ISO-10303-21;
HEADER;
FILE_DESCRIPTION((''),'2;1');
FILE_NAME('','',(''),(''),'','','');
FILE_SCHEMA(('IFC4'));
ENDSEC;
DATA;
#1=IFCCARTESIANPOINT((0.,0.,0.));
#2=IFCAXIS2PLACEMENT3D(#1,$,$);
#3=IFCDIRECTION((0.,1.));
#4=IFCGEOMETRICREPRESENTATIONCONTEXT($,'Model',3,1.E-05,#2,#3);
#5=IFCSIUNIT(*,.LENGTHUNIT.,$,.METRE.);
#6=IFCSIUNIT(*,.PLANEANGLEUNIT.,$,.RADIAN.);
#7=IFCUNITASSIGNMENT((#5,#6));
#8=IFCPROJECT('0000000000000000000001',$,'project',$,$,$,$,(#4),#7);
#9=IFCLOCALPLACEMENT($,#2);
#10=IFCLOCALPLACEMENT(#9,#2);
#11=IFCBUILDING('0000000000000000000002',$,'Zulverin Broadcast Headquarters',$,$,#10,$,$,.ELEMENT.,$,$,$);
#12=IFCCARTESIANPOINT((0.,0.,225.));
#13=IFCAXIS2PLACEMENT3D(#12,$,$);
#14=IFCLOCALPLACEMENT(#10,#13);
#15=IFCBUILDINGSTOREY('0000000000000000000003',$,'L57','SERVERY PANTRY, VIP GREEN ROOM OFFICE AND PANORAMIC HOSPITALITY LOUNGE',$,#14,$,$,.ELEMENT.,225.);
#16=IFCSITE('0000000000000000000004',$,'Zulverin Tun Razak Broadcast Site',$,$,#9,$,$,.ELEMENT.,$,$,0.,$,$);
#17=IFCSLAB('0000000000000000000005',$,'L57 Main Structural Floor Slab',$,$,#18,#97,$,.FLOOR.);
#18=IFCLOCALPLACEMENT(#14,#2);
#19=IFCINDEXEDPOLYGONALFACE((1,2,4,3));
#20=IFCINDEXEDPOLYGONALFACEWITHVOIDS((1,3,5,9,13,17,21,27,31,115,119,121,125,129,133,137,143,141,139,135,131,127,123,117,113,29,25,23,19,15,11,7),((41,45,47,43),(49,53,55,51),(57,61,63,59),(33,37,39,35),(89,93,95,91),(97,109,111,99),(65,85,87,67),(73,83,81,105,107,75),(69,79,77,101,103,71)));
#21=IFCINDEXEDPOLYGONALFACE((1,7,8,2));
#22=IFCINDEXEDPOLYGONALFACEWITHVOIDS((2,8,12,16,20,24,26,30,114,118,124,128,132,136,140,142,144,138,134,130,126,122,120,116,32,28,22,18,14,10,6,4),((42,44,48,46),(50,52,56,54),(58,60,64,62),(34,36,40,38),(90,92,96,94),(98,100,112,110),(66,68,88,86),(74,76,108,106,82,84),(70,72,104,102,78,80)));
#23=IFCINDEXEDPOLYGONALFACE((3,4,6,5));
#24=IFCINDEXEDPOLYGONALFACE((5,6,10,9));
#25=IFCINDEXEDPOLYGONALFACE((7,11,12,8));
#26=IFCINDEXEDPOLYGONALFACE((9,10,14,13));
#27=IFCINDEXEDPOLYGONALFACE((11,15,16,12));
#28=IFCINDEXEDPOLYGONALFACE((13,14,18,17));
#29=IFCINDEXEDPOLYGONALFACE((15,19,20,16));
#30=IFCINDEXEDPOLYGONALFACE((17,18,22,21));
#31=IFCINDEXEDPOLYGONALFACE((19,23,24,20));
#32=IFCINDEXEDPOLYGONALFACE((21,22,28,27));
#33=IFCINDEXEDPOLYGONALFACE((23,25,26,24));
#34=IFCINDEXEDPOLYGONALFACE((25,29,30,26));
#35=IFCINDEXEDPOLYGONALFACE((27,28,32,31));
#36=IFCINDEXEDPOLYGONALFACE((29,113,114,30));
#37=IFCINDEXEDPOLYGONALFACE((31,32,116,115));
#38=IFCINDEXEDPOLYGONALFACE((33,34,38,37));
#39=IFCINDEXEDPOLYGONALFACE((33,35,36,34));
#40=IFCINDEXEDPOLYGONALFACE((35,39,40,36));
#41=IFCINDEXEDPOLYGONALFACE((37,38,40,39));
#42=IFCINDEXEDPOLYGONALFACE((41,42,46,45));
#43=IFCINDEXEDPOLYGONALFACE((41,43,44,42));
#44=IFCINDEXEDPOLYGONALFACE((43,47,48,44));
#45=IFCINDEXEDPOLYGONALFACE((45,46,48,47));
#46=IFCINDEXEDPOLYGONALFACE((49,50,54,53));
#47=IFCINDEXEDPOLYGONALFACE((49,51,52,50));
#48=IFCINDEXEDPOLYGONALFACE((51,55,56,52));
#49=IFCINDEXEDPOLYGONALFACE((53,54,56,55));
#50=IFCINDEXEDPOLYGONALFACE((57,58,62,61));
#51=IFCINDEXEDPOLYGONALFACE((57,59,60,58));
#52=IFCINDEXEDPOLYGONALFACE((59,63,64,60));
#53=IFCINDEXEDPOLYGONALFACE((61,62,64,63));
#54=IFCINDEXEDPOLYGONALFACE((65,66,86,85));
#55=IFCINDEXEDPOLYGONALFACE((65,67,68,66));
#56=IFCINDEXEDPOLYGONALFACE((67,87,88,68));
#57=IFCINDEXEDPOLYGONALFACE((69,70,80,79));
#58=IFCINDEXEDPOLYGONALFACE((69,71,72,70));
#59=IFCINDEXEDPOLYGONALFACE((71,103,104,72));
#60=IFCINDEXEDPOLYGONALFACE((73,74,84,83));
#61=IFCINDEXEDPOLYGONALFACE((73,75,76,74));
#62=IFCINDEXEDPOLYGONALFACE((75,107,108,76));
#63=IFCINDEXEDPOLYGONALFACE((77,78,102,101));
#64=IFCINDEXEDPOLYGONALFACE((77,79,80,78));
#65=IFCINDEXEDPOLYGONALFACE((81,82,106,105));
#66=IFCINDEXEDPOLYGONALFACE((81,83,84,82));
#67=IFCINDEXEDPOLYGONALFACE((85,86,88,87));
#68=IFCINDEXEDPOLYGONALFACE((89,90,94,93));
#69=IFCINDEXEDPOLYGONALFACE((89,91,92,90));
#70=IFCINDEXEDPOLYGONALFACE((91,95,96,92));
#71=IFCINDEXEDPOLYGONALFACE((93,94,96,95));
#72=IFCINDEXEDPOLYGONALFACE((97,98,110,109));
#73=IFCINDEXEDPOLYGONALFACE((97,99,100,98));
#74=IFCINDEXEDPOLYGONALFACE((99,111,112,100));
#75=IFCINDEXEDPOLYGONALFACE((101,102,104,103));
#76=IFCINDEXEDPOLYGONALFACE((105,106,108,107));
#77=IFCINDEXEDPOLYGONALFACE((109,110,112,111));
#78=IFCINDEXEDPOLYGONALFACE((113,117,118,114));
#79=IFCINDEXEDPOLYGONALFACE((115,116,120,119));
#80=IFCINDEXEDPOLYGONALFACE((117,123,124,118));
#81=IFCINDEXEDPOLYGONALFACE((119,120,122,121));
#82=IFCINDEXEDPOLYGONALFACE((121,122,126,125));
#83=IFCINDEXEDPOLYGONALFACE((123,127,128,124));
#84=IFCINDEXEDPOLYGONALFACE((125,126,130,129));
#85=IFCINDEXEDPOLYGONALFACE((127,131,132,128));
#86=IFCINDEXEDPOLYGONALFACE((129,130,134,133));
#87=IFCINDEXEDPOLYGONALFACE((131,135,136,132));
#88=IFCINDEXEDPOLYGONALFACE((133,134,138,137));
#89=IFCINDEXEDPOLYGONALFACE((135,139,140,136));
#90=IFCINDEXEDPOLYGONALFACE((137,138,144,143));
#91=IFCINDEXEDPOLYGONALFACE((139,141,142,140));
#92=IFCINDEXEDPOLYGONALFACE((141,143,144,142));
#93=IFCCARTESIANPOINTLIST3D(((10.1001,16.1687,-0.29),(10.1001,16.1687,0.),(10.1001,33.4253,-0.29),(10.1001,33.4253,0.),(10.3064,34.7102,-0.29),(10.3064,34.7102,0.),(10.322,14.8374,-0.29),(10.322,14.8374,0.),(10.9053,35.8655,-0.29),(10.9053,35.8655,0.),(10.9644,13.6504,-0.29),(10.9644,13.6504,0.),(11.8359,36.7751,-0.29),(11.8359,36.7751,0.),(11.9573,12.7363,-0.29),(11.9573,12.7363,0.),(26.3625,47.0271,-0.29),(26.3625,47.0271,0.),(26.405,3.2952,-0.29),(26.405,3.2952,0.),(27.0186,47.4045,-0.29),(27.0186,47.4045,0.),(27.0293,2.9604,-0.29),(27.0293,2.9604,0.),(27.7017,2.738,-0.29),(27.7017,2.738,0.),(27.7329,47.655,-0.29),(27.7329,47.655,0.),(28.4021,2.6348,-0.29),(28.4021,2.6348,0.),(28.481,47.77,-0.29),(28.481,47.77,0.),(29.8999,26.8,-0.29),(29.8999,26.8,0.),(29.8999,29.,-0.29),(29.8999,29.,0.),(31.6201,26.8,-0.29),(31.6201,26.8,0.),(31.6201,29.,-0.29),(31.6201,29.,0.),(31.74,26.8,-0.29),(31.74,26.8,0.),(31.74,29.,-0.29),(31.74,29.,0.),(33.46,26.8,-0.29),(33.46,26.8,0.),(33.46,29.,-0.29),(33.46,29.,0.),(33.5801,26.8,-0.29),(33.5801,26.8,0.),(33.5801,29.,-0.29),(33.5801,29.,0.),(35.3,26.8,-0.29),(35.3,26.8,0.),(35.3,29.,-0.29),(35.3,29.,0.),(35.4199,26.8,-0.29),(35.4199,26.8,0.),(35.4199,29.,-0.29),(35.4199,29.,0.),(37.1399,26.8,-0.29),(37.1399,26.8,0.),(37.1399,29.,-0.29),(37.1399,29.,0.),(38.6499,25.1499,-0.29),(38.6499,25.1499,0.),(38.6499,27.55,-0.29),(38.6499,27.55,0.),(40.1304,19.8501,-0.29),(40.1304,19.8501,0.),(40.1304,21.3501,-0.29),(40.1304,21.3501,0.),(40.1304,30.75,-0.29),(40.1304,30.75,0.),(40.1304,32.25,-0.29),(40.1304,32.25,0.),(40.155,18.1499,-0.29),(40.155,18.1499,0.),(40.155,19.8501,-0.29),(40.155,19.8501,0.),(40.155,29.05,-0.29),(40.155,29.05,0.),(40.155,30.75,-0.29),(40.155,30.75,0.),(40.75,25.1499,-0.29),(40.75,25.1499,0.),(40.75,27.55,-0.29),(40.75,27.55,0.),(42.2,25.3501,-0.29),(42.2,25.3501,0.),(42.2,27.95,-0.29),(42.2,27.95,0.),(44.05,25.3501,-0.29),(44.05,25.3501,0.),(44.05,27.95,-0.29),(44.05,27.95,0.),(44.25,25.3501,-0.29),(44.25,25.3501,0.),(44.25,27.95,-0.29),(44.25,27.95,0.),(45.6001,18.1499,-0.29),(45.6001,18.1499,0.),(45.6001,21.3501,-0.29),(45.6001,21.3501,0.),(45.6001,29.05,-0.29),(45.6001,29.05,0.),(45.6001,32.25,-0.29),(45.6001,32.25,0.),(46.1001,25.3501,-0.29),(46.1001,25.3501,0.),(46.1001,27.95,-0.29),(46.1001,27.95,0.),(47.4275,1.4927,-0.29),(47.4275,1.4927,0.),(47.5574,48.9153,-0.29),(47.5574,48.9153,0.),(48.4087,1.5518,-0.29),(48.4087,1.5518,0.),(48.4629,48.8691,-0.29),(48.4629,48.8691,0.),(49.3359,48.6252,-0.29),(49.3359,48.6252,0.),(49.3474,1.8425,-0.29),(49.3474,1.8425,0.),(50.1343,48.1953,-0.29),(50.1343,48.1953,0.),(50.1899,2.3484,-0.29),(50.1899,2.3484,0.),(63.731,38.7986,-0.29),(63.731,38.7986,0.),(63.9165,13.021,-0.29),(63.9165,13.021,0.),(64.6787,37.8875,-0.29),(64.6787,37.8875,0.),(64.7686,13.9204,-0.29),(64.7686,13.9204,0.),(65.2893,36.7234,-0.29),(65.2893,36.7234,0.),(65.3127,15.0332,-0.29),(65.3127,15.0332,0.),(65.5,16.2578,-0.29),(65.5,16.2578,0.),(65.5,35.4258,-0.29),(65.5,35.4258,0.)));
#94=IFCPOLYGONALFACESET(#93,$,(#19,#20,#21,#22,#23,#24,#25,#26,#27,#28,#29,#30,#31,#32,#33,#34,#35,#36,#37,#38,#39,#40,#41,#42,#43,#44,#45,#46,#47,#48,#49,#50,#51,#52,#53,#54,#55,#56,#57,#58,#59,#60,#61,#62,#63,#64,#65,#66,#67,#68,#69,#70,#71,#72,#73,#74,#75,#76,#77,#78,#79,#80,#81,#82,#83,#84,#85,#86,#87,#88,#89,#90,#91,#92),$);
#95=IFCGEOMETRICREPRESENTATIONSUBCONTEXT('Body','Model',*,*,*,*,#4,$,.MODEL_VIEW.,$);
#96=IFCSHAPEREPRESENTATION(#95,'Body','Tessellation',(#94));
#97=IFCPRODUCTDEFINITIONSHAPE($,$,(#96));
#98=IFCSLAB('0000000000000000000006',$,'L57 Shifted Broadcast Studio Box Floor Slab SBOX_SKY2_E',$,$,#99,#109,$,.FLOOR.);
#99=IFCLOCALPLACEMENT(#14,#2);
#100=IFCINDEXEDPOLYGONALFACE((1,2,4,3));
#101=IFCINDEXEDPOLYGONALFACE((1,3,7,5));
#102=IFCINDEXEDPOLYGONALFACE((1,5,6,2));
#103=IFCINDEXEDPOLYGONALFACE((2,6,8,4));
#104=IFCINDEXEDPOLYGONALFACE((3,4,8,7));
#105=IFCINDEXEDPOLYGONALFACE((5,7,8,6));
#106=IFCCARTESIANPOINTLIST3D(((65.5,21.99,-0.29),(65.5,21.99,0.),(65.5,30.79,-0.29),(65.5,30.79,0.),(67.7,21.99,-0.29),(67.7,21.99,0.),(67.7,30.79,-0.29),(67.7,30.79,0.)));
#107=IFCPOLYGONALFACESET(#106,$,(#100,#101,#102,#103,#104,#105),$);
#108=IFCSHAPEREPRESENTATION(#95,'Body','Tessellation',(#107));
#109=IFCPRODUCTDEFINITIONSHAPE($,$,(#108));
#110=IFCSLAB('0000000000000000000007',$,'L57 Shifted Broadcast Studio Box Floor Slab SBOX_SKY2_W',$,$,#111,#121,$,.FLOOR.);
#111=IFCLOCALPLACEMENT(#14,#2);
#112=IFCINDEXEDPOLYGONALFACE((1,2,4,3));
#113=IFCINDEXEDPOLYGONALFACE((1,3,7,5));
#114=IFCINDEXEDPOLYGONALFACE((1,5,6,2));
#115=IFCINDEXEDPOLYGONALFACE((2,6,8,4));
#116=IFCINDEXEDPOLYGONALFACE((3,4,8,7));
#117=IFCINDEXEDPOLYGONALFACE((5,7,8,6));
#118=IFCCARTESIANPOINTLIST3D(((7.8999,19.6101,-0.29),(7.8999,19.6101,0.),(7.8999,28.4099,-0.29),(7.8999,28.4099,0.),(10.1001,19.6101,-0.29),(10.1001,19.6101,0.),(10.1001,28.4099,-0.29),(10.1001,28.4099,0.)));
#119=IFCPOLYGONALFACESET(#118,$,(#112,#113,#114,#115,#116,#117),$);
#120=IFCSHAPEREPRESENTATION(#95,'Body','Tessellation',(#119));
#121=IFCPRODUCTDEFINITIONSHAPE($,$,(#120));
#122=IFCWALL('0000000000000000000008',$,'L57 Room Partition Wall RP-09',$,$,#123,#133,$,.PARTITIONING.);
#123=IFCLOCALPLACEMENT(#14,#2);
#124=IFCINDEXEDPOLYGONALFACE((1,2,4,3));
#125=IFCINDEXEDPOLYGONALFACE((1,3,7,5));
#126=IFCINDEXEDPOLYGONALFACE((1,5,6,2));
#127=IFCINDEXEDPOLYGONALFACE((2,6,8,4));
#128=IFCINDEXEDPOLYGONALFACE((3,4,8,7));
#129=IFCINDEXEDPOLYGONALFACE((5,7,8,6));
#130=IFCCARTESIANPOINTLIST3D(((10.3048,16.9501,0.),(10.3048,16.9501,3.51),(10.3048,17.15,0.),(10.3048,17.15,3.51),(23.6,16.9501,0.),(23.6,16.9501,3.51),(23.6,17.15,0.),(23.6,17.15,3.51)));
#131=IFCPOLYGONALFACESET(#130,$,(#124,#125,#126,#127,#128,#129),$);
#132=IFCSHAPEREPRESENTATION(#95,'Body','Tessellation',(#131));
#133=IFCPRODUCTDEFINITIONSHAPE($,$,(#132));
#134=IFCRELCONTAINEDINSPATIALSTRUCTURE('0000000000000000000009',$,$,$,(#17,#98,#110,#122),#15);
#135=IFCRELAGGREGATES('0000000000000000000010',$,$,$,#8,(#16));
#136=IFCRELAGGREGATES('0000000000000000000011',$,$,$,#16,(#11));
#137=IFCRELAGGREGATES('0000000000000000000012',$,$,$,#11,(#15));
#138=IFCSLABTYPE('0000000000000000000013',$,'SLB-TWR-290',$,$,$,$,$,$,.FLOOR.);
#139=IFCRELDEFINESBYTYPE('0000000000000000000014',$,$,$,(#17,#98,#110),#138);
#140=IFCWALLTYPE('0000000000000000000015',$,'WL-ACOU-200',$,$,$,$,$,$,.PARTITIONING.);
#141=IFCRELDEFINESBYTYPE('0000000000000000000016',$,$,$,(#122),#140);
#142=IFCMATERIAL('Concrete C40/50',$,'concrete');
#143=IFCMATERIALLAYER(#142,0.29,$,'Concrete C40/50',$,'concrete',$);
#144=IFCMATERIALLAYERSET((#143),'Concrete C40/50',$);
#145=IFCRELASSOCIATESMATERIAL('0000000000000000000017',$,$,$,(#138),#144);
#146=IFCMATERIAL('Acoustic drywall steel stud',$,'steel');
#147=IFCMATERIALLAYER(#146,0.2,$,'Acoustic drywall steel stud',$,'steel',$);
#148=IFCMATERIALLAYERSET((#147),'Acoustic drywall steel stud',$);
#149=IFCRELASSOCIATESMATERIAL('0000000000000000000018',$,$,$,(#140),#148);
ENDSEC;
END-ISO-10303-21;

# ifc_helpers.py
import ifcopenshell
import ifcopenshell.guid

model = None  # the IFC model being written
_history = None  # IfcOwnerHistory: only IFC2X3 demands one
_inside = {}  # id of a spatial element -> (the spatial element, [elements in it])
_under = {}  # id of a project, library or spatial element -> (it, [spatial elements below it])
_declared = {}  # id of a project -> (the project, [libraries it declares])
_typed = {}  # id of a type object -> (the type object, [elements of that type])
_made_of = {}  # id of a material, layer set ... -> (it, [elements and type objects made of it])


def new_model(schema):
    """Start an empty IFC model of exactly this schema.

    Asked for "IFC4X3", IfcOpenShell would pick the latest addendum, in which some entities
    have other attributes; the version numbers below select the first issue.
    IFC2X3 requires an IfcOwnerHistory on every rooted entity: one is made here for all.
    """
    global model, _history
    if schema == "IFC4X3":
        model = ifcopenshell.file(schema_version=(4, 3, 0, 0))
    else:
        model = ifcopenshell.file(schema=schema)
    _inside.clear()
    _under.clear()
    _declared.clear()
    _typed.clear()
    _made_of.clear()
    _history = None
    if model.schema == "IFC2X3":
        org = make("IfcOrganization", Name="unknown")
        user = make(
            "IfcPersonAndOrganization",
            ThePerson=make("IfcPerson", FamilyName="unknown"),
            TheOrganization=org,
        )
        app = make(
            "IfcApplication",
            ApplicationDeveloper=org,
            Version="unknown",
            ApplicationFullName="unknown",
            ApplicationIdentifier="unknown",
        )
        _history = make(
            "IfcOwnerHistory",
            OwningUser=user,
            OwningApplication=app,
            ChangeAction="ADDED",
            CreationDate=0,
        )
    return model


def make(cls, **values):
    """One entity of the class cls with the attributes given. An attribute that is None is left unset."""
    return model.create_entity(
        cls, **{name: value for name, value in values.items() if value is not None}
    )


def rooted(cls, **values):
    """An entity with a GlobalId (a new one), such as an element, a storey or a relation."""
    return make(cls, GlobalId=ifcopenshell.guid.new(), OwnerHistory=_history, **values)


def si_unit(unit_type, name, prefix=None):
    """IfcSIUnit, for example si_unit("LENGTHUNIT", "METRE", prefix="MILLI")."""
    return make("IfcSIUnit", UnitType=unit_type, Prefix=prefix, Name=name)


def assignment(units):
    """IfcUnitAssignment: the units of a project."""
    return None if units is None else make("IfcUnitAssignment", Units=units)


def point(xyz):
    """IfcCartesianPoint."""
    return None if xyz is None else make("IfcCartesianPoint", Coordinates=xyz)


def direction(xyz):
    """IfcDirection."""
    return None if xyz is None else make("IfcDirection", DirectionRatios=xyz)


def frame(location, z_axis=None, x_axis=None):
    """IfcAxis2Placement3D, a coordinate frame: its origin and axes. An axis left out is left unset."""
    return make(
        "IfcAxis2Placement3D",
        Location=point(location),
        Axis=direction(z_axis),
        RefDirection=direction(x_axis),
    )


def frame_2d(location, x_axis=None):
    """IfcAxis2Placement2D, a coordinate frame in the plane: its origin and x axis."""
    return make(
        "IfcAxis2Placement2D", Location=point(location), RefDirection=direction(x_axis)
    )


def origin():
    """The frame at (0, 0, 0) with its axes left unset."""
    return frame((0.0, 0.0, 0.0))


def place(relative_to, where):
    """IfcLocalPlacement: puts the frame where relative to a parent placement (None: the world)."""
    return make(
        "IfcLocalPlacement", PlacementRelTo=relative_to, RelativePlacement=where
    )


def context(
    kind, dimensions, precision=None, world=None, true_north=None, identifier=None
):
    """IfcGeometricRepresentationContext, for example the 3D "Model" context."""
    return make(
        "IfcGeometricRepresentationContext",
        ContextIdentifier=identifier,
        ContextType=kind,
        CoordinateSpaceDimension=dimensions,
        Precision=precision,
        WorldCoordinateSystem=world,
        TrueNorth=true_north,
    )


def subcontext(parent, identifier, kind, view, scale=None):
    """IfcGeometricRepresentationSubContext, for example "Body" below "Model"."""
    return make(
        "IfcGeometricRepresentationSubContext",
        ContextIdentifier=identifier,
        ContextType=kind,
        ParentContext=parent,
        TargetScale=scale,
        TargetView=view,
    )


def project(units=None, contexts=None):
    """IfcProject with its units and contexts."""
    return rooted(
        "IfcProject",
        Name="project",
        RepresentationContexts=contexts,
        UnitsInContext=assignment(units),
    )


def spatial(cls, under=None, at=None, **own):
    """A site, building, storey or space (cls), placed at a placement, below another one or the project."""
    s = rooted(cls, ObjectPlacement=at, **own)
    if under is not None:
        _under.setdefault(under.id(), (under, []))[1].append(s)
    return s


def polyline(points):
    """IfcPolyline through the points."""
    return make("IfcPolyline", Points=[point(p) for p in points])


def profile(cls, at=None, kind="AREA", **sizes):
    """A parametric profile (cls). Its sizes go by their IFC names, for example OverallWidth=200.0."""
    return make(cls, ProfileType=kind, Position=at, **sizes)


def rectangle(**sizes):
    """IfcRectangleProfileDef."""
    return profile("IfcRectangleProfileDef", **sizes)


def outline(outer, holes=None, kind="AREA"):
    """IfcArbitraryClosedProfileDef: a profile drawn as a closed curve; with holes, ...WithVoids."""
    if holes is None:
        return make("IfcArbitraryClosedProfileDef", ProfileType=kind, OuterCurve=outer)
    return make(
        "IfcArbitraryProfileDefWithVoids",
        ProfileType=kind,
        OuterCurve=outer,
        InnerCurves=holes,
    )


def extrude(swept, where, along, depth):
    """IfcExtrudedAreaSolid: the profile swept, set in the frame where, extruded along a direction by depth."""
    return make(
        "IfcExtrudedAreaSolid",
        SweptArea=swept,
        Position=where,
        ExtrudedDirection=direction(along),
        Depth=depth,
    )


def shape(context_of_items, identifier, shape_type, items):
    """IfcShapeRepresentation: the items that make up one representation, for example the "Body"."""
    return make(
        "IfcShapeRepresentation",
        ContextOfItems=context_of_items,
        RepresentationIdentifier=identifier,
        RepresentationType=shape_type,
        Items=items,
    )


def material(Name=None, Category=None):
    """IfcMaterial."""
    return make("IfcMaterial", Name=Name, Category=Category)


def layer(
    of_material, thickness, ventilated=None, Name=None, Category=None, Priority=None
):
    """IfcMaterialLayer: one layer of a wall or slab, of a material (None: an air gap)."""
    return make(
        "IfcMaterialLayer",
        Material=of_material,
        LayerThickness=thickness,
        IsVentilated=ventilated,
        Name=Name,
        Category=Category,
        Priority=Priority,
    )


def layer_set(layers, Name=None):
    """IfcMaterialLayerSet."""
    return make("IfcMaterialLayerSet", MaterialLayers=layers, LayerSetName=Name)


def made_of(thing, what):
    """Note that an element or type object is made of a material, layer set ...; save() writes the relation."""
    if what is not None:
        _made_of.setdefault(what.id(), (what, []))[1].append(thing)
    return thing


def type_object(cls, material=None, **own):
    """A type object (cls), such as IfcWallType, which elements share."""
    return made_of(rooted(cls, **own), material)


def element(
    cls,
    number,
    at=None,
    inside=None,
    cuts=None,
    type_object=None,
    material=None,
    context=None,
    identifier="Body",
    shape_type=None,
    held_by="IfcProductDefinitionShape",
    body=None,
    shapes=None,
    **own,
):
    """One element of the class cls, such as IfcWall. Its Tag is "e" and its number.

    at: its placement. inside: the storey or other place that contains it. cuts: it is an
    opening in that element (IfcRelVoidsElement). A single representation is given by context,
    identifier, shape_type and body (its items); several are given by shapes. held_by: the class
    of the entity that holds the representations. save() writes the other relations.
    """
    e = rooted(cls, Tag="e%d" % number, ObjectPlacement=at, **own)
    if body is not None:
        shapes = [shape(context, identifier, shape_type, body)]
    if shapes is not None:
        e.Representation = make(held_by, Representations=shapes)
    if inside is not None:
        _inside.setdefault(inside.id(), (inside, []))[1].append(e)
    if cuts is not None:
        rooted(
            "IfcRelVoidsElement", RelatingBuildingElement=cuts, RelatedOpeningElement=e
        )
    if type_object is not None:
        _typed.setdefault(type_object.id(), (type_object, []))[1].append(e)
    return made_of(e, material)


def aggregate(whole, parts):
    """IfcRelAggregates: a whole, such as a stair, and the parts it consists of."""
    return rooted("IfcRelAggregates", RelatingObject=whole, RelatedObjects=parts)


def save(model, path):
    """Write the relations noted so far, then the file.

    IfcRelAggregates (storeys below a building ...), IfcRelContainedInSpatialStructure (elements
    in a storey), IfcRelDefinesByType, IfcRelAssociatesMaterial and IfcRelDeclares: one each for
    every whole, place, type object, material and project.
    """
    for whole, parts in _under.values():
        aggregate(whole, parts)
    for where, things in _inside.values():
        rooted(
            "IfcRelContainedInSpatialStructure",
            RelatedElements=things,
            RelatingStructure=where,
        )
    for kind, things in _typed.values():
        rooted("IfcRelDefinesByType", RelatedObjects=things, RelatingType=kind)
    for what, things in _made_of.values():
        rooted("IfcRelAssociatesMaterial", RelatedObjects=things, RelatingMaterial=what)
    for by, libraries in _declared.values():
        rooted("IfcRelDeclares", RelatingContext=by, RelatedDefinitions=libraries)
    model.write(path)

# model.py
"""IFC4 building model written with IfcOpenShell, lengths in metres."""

from ifc_helpers import new_model, si_unit, direction, frame, frame_2d, origin, place, context, subcontext, project, spatial, polyline, rectangle, outline, extrude, material, layer, layer_set, type_object, element, save


model = new_model("IFC4")

# Units and contexts
model_context = context("Model", 3, precision=1e-05, world=origin(), true_north=direction((0.0, 1.0)))
body_context = subcontext(model_context, "Body", "Model", "MODEL_VIEW")
ifc_project = project(units=[si_unit("LENGTHUNIT", "METRE"), si_unit("PLANEANGLEUNIT", "RADIAN")], contexts=[model_context])

# Site, building, storey
site_placement = place(None, origin())
site = spatial("IfcSite", under=ifc_project, at=site_placement, Name="Zulverin Tun Razak Broadcast Site", CompositionType="ELEMENT", RefElevation=0.0)
building_placement = place(site_placement, origin())
building = spatial("IfcBuilding", under=site, at=building_placement, Name="Zulverin Broadcast Headquarters", CompositionType="ELEMENT")
storey_placement = place(building_placement, frame((0.0, 0.0, 225.0)))
storey = spatial("IfcBuildingStorey", under=building, at=storey_placement, Name="L57", Description="SERVERY PANTRY, VIP GREEN ROOM OFFICE AND PANORAMIC HOSPITALITY LOUNGE", CompositionType="ELEMENT", Elevation=225.0)

# Shared definitions
ifc_material_1 = material(Name="Concrete C40/50", Category="concrete")

# Slabs
ifc_layer_1 = layer(ifc_material_1, 0.29, Name="Concrete C40/50", Category="concrete")
ifc_layer_set_1 = layer_set([ifc_layer_1], Name="Concrete C40/50")
slab_type_1 = type_object("IfcSlabType", Name="SLB-TWR-290", PredefinedType="FLOOR", material=ifc_layer_set_1)
slab_1_placement = place(storey_placement, frame((0.0, 0.0, -0.29)))
element("IfcSlab", 1, at=slab_1_placement, inside=storey, type_object=slab_type_1, Name="L57 Main Structural Floor Slab", PredefinedType="FLOOR", context=body_context, shape_type="SweptSolid", body=[
    extrude(outline(polyline([(26.405, 3.2952), (27.0293, 2.9604), (27.7017, 2.738), (28.4021, 2.6348), (47.4275, 1.4927), (48.4087, 1.5518), (49.3474, 1.8425), (50.1899, 2.3484), (63.9165, 13.021), (64.7686, 13.9204), (65.3127, 15.0332), (65.5, 16.2578), (65.5, 35.4258), (65.2893, 36.7234), (64.6787, 37.8875), (63.731, 38.7986), (50.1343, 48.1953), (49.3359, 48.6252), (48.4629, 48.8691), (47.5574, 48.9153), (28.481, 47.77), (27.7329, 47.655), (27.0186, 47.4045), (26.3625, 47.0271), (11.8359, 36.7751), (10.9053, 35.8655), (10.3064, 34.7102), (10.1001, 33.4253), (10.1001, 16.1687), (10.322, 14.8374), (10.9644, 13.6504), (11.9573, 12.7363), (26.405, 3.2952)]), holes=[polyline([(40.155, 30.75), (40.1304, 30.75), (40.1304, 32.25), (45.6001, 32.25), (45.6001, 29.05), (40.155, 29.05), (40.155, 30.75)]), polyline([(40.155, 19.8501), (40.1304, 19.8501), (40.1304, 21.3501), (45.6001, 21.3501), (45.6001, 18.1499), (40.155, 18.1499), (40.155, 19.8501)]), polyline([(29.8999, 26.8), (31.6201, 26.8), (31.6201, 29.0), (29.8999, 29.0), (29.8999, 26.8)]), polyline([(31.74, 26.8), (33.46, 26.8), (33.46, 29.0), (31.74, 29.0), (31.74, 26.8)]), polyline([(33.5801, 26.8), (35.3, 26.8), (35.3, 29.0), (33.5801, 29.0), (33.5801, 26.8)]), polyline([(35.4199, 26.8), (37.1399, 26.8), (37.1399, 29.0), (35.4199, 29.0), (35.4199, 26.8)]), polyline([(42.2, 25.3501), (44.05, 25.3501), (44.05, 27.95), (42.2, 27.95), (42.2, 25.3501)]), polyline([(44.25, 25.3501), (46.1001, 25.3501), (46.1001, 27.95), (44.25, 27.95), (44.25, 25.3501)]), polyline([(38.6499, 25.1499), (40.75, 25.1499), (40.75, 27.55), (38.6499, 27.55), (38.6499, 25.1499)])]), origin(), (0.0, 0.0, 1.0), 0.29),
])
slab_2_placement = place(storey_placement, frame((0.0, 0.0, -0.29)))
element("IfcSlab", 2, at=slab_2_placement, inside=storey, type_object=slab_type_1, Name="L57 Shifted Broadcast Studio Box Floor Slab SBOX_SKY2_E", PredefinedType="FLOOR", context=body_context, shape_type="SweptSolid", body=[
    extrude(outline(polyline([(65.5, 21.99), (67.7, 21.99), (67.7, 30.79), (65.5, 30.79), (65.5, 21.99)])), origin(), (0.0, 0.0, 1.0), 0.29),
])
slab_3_placement = place(storey_placement, frame((0.0, 0.0, -0.29)))
element("IfcSlab", 3, at=slab_3_placement, inside=storey, type_object=slab_type_1, Name="L57 Shifted Broadcast Studio Box Floor Slab SBOX_SKY2_W", PredefinedType="FLOOR", context=body_context, shape_type="SweptSolid", body=[
    extrude(outline(polyline([(7.8999, 19.6101), (10.1001, 19.6101), (10.1001, 28.4099), (7.8999, 28.4099), (7.8999, 19.6101)])), origin(), (0.0, 0.0, 1.0), 0.29),
])

# Wall
ifc_material_2 = material(Name="Acoustic drywall steel stud", Category="steel")
ifc_layer_2 = layer(ifc_material_2, 0.2, Name="Acoustic drywall steel stud", Category="steel")
ifc_layer_set_2 = layer_set([ifc_layer_2], Name="Acoustic drywall steel stud")
wall_type_1 = type_object("IfcWallType", Name="WL-ACOU-200", PredefinedType="PARTITIONING", material=ifc_layer_set_2)
wall_1_placement = place(storey_placement, frame((10.3049, 17.05, 0.0), z_axis=(0.0, 0.0, 1.0), x_axis=(1.0, 0.0, 0.0)))
element("IfcWall", 4, at=wall_1_placement, inside=storey, type_object=wall_type_1, Name="L57 Room Partition Wall RP-09", PredefinedType="PARTITIONING", context=body_context, shape_type="SweptSolid", body=[
    extrude(rectangle(XDim=13.2952, YDim=0.2, at=frame_2d((6.6475, 0.0))), origin(), (0.0, 0.0, 1.0), 3.51),
])

save(model, "model.ifc")
